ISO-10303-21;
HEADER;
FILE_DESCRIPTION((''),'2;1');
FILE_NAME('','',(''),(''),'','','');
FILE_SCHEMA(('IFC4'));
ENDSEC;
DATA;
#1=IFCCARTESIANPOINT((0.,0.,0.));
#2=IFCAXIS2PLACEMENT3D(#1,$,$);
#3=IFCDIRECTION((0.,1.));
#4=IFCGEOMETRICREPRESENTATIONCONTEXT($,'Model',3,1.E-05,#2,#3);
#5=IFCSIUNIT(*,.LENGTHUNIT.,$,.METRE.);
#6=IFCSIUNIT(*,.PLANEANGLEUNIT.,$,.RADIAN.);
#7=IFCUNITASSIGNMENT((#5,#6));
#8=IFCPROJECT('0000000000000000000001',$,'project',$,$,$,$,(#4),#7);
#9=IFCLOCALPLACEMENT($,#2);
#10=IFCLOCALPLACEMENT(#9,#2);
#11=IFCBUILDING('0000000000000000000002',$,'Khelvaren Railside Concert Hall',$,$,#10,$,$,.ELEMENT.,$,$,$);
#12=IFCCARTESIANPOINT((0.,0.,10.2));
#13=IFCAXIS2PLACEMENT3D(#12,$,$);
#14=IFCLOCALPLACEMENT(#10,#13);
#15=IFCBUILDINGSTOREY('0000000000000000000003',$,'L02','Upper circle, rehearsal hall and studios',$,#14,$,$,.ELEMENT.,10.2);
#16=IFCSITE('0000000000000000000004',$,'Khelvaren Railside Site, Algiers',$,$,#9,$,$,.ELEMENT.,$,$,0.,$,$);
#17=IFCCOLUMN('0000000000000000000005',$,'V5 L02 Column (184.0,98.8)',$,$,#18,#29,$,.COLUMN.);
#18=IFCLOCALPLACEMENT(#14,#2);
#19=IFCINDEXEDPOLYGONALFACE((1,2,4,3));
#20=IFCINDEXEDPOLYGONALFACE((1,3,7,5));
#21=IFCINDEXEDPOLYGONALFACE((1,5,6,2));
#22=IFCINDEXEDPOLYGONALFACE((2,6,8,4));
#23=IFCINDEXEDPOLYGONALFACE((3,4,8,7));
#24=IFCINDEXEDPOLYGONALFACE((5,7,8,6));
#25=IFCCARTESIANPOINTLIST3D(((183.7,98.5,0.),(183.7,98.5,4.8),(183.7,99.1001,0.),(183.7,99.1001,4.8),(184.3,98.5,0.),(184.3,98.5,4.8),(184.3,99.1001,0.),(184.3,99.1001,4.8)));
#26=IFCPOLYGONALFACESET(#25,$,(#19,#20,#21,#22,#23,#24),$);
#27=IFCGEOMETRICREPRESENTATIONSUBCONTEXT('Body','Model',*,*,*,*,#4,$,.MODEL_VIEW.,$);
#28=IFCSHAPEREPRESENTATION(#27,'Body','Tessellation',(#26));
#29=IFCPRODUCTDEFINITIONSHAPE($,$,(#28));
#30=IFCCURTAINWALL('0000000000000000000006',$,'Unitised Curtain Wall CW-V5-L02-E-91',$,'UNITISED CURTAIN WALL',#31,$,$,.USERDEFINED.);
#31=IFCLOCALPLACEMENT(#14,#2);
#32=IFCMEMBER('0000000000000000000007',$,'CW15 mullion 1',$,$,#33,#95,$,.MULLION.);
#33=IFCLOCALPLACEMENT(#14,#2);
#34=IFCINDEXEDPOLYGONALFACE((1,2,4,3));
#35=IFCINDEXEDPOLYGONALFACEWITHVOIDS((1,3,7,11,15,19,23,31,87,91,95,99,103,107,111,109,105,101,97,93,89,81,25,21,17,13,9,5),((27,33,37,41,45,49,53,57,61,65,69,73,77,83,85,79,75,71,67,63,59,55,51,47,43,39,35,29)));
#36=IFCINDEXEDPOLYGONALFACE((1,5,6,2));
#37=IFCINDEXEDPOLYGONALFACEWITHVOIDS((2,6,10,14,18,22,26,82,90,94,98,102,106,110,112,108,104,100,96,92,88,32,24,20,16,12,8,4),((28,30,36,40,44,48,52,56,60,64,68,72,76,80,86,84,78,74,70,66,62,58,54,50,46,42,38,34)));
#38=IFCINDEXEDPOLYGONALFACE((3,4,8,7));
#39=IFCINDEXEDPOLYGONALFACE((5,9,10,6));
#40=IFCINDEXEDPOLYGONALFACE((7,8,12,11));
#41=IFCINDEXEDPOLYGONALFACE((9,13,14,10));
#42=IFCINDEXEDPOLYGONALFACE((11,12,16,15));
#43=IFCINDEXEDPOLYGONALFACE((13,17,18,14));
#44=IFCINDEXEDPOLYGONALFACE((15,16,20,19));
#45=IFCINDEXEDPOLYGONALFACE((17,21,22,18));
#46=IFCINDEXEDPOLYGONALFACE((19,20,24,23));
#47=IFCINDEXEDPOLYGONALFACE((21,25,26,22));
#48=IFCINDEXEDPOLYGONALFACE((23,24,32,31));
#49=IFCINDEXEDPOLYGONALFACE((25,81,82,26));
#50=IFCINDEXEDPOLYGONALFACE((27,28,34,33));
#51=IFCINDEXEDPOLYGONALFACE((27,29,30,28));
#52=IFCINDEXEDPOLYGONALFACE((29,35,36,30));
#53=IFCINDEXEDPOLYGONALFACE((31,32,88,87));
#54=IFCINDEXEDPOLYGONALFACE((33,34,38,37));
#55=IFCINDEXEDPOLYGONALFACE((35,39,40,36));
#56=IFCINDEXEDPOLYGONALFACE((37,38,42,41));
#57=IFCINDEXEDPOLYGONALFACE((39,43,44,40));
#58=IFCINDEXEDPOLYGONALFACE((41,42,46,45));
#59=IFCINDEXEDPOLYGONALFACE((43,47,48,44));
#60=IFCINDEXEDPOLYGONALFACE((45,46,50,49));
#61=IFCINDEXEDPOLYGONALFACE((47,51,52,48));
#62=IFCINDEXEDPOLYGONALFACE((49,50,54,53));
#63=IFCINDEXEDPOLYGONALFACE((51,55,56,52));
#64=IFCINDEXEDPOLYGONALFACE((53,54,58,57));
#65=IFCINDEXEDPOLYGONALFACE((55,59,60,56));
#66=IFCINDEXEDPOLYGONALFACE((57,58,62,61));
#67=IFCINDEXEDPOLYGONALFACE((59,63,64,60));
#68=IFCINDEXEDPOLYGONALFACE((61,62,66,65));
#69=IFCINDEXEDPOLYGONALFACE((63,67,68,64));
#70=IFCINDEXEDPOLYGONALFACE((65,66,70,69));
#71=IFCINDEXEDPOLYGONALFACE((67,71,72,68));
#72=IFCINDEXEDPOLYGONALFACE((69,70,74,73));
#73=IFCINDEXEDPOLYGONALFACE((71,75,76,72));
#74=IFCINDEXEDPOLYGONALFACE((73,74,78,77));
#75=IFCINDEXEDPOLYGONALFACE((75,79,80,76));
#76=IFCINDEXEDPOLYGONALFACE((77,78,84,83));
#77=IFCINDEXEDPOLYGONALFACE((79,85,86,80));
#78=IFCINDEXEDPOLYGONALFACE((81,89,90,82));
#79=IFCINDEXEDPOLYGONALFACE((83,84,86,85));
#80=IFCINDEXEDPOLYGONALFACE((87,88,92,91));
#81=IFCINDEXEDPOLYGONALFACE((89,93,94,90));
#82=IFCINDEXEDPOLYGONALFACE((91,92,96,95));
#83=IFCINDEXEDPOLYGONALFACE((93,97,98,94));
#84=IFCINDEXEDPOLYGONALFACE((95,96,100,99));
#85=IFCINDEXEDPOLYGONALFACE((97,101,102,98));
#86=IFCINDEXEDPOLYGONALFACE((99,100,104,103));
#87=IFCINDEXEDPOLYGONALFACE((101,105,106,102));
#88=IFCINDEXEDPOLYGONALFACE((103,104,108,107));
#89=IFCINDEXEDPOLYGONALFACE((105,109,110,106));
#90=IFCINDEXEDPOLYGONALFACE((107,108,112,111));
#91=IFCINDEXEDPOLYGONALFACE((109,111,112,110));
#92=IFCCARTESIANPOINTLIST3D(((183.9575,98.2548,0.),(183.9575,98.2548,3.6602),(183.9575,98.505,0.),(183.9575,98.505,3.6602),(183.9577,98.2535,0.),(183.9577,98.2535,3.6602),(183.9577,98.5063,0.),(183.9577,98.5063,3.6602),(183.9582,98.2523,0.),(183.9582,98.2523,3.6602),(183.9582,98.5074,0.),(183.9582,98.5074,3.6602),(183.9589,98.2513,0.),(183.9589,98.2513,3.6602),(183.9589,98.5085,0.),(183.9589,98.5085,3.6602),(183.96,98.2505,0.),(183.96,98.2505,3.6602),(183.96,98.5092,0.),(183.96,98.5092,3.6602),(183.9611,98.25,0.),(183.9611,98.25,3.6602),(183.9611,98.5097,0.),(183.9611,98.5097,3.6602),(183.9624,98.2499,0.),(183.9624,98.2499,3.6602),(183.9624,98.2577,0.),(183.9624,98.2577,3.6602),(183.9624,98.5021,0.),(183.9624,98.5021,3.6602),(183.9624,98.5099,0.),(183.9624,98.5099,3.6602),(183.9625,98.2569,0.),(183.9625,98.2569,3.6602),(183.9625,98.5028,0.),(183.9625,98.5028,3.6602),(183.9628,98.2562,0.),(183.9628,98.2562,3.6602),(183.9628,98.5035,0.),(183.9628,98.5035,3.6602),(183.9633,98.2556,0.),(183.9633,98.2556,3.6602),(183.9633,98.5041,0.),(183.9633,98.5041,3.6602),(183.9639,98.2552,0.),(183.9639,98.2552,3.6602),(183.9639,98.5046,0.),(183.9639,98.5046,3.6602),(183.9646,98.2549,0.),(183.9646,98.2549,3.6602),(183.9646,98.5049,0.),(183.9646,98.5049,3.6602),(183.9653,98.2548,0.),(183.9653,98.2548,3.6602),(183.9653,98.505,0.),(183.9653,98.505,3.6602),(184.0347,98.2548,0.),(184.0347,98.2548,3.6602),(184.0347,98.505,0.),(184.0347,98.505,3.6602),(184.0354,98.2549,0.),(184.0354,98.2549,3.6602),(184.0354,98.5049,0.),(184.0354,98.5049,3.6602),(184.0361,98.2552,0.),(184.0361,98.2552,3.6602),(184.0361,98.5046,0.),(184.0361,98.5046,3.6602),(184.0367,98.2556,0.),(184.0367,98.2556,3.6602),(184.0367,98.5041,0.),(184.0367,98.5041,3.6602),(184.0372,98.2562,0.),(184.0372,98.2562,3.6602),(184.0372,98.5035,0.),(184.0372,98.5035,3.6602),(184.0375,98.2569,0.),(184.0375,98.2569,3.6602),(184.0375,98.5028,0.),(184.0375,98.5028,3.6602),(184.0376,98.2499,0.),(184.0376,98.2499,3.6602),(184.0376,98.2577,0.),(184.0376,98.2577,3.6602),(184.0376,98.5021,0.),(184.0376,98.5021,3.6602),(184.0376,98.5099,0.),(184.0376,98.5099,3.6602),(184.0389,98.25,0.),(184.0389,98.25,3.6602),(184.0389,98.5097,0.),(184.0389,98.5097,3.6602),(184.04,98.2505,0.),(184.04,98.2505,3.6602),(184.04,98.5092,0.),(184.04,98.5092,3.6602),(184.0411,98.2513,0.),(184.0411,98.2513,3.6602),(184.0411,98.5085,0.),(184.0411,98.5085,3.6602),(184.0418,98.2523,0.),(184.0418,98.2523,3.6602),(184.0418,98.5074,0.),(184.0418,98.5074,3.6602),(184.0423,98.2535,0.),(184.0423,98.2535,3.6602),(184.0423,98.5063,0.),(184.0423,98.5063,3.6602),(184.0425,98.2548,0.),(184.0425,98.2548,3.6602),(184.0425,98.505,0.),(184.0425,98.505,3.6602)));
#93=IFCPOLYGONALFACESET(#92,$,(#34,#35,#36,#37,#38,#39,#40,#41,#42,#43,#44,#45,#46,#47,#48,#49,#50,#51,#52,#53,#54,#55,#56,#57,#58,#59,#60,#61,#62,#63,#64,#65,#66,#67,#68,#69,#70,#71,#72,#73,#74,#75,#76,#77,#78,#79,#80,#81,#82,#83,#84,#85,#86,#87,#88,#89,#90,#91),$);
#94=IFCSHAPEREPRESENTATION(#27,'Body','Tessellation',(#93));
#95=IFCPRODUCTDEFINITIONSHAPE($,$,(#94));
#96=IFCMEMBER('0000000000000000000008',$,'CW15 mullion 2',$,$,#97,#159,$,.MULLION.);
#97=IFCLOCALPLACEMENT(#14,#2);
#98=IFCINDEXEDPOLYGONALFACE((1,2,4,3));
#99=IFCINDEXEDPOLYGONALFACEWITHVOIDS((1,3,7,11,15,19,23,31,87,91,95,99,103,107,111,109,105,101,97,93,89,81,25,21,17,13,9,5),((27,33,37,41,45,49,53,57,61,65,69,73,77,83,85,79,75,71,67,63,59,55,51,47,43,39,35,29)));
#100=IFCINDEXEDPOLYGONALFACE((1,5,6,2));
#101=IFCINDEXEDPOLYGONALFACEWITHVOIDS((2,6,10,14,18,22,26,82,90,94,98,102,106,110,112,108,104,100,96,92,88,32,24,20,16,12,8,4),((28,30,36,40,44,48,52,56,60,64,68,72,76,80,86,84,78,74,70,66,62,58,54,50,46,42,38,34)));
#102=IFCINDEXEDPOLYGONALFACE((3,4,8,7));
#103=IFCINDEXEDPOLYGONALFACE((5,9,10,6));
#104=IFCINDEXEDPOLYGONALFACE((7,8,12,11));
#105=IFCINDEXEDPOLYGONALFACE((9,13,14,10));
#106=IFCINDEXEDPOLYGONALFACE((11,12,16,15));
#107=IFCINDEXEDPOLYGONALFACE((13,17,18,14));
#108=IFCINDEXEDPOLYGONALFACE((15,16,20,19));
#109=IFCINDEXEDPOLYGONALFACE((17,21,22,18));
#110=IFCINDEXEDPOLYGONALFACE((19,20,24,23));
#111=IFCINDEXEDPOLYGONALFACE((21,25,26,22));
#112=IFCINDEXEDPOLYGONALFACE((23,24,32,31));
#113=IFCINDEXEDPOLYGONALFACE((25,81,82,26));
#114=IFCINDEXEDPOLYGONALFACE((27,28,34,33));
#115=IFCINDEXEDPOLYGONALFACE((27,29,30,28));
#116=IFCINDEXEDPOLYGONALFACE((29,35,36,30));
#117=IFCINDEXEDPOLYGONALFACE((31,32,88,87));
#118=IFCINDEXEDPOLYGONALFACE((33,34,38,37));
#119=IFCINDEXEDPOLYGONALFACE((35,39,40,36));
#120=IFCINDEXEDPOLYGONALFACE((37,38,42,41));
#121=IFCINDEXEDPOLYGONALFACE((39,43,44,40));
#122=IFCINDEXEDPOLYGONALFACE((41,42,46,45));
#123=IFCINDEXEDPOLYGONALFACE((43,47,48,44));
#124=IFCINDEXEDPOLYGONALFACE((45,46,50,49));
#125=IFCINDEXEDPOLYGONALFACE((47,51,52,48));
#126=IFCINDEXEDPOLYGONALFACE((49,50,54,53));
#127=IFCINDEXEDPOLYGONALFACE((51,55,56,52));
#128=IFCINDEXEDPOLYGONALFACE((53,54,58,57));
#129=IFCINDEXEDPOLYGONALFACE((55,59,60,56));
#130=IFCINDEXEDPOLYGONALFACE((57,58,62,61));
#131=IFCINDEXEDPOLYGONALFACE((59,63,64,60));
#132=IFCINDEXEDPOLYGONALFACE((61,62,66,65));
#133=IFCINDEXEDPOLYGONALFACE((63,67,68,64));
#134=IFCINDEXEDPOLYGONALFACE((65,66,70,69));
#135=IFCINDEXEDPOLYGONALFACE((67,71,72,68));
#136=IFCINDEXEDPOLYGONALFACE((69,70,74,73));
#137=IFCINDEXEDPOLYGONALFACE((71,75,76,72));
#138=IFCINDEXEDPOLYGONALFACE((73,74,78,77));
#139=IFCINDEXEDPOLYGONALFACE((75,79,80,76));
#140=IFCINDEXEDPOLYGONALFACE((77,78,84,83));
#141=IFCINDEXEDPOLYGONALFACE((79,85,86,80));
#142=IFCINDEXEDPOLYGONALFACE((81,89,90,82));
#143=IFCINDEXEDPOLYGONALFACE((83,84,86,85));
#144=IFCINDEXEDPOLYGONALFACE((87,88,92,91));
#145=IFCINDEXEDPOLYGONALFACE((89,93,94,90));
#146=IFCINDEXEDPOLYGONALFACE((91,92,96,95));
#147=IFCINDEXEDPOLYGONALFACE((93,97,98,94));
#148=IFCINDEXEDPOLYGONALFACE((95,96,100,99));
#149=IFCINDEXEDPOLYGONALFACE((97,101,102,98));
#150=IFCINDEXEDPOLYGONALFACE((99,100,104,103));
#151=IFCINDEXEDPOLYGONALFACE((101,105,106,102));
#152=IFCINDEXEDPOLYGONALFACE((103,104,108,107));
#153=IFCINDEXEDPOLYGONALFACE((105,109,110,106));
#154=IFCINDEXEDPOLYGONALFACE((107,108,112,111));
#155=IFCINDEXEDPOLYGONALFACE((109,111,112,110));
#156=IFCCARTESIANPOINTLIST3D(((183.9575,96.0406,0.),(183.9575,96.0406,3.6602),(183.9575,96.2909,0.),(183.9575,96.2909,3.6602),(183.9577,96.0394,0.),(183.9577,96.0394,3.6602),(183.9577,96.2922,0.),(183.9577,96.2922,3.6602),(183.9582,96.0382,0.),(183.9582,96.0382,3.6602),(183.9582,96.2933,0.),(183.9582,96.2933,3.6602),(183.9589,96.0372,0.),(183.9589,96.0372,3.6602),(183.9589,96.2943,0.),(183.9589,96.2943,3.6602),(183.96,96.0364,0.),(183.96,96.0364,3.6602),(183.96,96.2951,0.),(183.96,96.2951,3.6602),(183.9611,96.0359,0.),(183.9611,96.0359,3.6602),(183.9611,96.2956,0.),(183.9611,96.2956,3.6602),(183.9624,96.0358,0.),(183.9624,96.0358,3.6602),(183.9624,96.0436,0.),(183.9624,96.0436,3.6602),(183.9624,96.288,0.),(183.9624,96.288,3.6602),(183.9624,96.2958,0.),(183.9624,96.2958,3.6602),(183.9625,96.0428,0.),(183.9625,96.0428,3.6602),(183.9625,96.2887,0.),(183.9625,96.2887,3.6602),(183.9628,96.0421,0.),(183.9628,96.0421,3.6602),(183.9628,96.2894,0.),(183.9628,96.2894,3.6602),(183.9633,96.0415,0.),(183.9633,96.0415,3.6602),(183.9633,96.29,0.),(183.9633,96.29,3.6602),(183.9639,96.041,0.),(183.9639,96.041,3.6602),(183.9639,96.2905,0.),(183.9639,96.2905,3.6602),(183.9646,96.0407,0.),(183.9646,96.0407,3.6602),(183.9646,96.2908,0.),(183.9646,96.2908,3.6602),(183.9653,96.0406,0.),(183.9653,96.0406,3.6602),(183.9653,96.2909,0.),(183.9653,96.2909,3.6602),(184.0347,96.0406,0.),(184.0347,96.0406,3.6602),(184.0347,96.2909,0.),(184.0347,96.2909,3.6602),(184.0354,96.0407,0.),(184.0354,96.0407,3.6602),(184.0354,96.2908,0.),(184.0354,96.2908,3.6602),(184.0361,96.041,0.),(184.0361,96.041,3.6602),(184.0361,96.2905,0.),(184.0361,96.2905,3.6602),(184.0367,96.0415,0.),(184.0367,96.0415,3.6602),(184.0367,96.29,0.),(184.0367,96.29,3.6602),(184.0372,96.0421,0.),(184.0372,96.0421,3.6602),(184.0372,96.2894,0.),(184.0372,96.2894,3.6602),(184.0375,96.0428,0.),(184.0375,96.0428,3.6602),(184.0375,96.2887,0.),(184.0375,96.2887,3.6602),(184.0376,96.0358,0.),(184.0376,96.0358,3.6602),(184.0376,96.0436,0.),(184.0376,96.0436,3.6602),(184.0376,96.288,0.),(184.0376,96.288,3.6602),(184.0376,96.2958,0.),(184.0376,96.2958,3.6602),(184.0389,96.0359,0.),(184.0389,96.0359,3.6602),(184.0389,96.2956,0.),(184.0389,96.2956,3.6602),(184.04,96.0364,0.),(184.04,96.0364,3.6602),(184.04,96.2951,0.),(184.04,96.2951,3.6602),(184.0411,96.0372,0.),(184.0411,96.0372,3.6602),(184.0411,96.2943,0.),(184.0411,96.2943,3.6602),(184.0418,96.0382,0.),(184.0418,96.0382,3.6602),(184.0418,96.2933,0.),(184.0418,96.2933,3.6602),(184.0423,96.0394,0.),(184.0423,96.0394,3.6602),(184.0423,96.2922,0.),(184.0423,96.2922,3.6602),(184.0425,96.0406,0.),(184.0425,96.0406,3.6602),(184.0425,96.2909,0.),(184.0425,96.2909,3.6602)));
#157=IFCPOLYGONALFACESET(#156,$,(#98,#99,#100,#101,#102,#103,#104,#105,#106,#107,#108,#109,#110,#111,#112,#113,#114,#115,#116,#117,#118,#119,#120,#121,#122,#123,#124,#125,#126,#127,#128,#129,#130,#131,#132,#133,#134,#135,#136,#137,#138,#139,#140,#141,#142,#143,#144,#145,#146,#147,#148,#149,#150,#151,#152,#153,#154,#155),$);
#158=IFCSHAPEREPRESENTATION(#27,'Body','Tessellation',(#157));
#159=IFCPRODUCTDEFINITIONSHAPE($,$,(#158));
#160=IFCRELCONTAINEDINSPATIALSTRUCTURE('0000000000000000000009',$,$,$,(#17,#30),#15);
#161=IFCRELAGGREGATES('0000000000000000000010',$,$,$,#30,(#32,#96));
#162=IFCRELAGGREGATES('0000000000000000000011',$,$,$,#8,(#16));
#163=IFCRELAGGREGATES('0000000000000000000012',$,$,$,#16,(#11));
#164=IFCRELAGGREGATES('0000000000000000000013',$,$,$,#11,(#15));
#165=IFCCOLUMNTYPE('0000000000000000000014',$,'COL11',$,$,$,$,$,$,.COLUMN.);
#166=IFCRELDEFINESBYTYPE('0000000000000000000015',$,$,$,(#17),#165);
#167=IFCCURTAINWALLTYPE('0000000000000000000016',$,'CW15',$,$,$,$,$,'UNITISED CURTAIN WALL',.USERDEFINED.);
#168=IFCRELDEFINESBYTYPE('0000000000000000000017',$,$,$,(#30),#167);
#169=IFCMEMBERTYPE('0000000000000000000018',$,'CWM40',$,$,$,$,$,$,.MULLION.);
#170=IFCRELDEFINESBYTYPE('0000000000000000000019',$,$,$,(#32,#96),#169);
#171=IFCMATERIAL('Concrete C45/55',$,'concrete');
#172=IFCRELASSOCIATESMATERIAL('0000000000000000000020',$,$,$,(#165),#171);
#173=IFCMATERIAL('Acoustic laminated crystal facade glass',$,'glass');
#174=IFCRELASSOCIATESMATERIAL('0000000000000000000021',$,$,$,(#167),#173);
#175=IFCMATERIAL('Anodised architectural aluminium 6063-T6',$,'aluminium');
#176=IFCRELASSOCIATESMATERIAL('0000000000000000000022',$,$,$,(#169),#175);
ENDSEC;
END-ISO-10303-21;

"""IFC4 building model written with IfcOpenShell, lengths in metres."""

from ifc_helpers import new_model, si_unit, direction, frame, origin, origin_2d, place, context, subcontext, project, spatial, rectangle, hollow_rectangle, extrude, material, material_profile, profile_set, type_object, element, aggregate, save


model = new_model("IFC4")

# Units and contexts
model_context = context("Model", 3, precision=1e-05, world=origin(), true_north=direction((0.0, 1.0)))
body_context = subcontext(model_context, "Body", "Model", "MODEL_VIEW")
ifc_project = project(units=[si_unit("LENGTHUNIT", "METRE"), si_unit("PLANEANGLEUNIT", "RADIAN")], contexts=[model_context])

# Site, building, storey
site_placement = place(None, origin())
site = spatial("IfcSite", under=ifc_project, at=site_placement, Name="Khelvaren Railside Site, Algiers", CompositionType="ELEMENT", RefElevation=0.0)
building_placement = place(site_placement, origin())
building = spatial("IfcBuilding", under=site, at=building_placement, Name="Khelvaren Railside Concert Hall", CompositionType="ELEMENT")
storey_placement = place(building_placement, frame((0.0, 0.0, 10.2)))
storey = spatial("IfcBuildingStorey", under=building, at=storey_placement, Name="L02", Description="Upper circle, rehearsal hall and studios", CompositionType="ELEMENT", Elevation=10.2)

# Column
ifc_material_1 = material(Name="Concrete C45/55", Category="concrete")
ifc_material_profile_1 = material_profile(ifc_material_1, rectangle(XDim=0.6001, YDim=0.6001, at=origin_2d()), Name="RC 600x600")
ifc_profile_set_1 = profile_set([ifc_material_profile_1], Name="Concrete C45/55")
column_type = type_object("IfcColumnType", Name="COL11", PredefinedType="COLUMN", material=ifc_profile_set_1)
column_placement = place(storey_placement, frame((184.0, 98.8, 0.0), z_axis=(0.0, 0.0, 1.0), x_axis=(1.0, 0.0, 0.0)))
element("IfcColumn", 1, at=column_placement, inside=storey, type_object=column_type, Name="V5 L02 Column (184.0,98.8)", PredefinedType="COLUMN", context=body_context, shape_type="SweptSolid", body=[
    extrude(rectangle(XDim=0.6001, YDim=0.6001, at=origin_2d()), origin(), (0.0, 0.0, 1.0), 4.8),
])

# Curtain wall, members
ifc_material_2 = material(Name="Acoustic laminated crystal facade glass", Category="glass")
curtain_wall_type_1 = type_object("IfcCurtainWallType", Name="CW15", ElementType="UNITISED CURTAIN WALL", PredefinedType="USERDEFINED", material=ifc_material_2)
curtain_wall_1_placement = place(storey_placement, origin())
curtain_wall_1 = element("IfcCurtainWall", 2, at=curtain_wall_1_placement, inside=storey, type_object=curtain_wall_type_1, Name="Unitised Curtain Wall CW-V5-L02-E-91", ObjectType="UNITISED CURTAIN WALL", PredefinedType="USERDEFINED")
ifc_material_3 = material(Name="Anodised architectural aluminium 6063-T6", Category="aluminium")
ifc_material_profile_2 = material_profile(ifc_material_3, hollow_rectangle(XDim=0.085, YDim=0.26, WallThickness=0.0049, InnerFilletRadius=0.0029, OuterFilletRadius=0.0049, at=origin_2d()), Name="CWM 85x260x5")
ifc_profile_set_2 = profile_set([ifc_material_profile_2], Name="Anodised architectural aluminium 6063-T6")
member_type_1 = type_object("IfcMemberType", Name="CWM40", PredefinedType="MULLION", material=ifc_profile_set_2)
member_1_placement = place(storey_placement, frame((184.0, 98.3799, 0.0), z_axis=(0.0, 0.0, 1.0), x_axis=(1.0, 0.0, 0.0)))
member_1 = element("IfcMember", 3, at=member_1_placement, type_object=member_type_1, Name="CW15 mullion 1", PredefinedType="MULLION", context=body_context, shape_type="SweptSolid", body=[
    extrude(hollow_rectangle(XDim=0.085, YDim=0.26, WallThickness=0.0049, InnerFilletRadius=0.0029, OuterFilletRadius=0.0049, at=origin_2d()), origin(), (0.0, 0.0, 1.0), 3.6602),
])
member_2_placement = place(storey_placement, frame((184.0, 96.1658, 0.0), z_axis=(0.0, 0.0, 1.0), x_axis=(1.0, 0.0, 0.0)))
member_2 = element("IfcMember", 4, at=member_2_placement, type_object=member_type_1, Name="CW15 mullion 2", PredefinedType="MULLION", context=body_context, shape_type="SweptSolid", body=[
    extrude(hollow_rectangle(XDim=0.085, YDim=0.26, WallThickness=0.0049, InnerFilletRadius=0.0029, OuterFilletRadius=0.0049, at=origin_2d()), origin(), (0.0, 0.0, 1.0), 3.6602),
])

aggregate(curtain_wall_1, [member_1, member_2])

save(model, "model.ifc")
